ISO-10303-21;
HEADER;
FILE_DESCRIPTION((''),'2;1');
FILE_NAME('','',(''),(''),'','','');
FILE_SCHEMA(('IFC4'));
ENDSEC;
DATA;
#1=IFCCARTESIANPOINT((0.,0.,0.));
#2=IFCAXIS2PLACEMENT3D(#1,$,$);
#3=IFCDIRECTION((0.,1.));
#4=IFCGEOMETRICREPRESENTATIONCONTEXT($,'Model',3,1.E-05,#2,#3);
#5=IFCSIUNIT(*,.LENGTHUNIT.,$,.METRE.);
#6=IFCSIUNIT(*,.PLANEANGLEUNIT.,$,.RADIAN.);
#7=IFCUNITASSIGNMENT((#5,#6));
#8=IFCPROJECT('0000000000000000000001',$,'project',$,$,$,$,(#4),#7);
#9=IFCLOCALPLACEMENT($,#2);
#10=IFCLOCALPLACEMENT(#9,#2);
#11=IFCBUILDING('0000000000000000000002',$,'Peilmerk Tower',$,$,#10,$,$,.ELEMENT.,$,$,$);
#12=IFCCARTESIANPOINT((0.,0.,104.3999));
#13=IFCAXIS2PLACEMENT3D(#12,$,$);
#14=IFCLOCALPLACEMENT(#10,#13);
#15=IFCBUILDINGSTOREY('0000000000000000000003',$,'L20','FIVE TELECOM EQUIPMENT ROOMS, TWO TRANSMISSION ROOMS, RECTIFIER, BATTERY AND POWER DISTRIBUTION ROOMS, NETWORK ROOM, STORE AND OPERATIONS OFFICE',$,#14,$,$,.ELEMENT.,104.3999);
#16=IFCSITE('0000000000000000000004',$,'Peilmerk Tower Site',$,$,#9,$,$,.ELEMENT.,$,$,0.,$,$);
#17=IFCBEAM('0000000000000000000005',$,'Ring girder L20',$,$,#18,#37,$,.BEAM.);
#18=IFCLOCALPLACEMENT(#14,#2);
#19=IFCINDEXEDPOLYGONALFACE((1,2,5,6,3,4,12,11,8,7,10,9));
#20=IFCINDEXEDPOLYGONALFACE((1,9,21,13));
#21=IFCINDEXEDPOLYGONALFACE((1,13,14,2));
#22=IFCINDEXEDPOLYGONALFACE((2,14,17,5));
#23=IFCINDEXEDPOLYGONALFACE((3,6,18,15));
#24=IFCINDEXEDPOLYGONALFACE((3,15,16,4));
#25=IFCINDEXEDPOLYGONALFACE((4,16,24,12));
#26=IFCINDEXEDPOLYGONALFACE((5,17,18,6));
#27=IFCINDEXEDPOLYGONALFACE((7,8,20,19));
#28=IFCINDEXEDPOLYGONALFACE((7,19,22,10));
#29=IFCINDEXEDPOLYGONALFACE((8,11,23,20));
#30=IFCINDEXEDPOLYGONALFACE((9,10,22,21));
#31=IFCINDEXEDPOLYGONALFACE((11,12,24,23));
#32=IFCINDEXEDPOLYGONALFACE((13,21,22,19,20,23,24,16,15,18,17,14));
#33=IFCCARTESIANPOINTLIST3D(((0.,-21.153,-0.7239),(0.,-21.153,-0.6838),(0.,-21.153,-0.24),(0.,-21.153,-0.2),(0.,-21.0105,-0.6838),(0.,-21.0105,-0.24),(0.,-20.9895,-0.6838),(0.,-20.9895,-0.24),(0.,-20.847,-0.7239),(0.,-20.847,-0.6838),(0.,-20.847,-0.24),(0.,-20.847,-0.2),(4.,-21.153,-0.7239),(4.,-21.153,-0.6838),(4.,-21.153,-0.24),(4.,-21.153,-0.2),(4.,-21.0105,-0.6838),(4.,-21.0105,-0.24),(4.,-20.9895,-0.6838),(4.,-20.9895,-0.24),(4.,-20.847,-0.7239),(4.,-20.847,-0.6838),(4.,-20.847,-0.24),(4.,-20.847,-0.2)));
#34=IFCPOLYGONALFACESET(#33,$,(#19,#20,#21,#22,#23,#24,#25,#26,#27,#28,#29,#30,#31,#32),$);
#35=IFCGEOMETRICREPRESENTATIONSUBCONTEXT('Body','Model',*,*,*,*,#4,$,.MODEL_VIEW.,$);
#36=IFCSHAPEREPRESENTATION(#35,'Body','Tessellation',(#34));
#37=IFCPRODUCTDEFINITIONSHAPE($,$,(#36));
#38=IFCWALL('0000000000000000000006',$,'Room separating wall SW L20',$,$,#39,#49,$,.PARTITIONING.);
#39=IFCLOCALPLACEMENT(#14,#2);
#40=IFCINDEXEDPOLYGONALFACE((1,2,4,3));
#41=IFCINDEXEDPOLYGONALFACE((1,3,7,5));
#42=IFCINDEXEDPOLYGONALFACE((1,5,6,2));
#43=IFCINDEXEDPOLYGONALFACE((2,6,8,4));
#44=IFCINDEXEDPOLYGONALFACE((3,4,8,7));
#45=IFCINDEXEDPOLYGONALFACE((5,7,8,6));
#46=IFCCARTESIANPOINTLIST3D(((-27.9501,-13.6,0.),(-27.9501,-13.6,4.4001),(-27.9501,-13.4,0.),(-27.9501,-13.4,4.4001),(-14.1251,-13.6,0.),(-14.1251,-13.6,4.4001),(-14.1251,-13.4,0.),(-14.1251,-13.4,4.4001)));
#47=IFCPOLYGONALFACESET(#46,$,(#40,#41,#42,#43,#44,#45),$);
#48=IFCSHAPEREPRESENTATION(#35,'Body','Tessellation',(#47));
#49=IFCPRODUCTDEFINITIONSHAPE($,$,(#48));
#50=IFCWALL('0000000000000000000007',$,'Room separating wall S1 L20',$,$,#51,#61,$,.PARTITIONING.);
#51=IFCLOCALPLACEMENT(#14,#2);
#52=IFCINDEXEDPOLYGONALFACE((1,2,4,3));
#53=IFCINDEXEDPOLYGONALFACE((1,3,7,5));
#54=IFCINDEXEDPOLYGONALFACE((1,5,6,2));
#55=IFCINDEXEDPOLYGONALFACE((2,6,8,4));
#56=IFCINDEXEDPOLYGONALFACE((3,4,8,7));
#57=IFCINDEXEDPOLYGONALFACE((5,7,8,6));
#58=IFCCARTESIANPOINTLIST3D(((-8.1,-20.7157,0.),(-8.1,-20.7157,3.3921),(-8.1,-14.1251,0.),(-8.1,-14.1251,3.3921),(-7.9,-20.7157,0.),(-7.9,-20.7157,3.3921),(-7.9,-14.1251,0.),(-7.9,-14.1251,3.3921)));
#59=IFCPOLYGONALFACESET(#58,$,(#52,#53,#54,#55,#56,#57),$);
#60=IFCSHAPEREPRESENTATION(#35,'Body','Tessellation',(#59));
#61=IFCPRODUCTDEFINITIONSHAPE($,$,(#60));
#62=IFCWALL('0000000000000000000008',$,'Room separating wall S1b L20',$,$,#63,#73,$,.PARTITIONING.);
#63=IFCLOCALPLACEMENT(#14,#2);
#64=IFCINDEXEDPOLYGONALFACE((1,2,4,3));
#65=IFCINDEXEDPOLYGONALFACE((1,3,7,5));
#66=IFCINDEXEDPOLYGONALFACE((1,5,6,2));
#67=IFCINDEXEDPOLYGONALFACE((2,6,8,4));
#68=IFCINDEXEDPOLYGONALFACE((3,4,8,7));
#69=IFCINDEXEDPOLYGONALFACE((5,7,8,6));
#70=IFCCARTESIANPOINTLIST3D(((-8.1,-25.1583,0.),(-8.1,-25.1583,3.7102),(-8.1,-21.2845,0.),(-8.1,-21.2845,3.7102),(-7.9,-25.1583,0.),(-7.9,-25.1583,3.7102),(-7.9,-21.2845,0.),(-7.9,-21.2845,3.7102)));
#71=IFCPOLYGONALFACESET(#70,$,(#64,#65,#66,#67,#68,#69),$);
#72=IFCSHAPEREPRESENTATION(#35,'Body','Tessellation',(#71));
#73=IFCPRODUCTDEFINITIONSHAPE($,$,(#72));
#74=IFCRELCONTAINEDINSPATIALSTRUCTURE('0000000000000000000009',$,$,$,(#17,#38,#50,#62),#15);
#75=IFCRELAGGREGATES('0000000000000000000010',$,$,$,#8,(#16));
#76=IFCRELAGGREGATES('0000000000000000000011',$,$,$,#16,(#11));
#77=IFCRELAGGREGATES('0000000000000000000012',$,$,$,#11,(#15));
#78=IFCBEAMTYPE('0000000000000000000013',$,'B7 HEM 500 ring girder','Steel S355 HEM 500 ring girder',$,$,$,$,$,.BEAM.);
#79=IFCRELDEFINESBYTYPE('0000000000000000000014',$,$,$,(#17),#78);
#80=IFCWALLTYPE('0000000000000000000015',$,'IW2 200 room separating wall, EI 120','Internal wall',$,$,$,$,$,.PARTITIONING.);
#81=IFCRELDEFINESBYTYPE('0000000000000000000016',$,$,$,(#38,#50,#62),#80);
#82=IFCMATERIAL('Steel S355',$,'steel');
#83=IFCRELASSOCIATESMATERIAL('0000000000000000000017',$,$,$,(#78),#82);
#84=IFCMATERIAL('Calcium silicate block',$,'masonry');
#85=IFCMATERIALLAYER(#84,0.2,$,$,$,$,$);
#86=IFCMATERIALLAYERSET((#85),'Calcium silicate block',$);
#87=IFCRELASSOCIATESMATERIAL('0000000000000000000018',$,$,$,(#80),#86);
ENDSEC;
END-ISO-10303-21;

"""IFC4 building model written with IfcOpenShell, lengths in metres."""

from ifc_helpers import new_model, si_unit, direction, frame, frame_2d, origin, origin_2d, place, context, subcontext, project, spatial, rectangle, i_section, extrude, material, layer, layer_set, material_profile, profile_set, type_object, element, save


model = new_model("IFC4")

# Units and contexts
model_context = context("Model", 3, precision=1e-05, world=origin(), true_north=direction((0.0, 1.0)))
body_context = subcontext(model_context, "Body", "Model", "MODEL_VIEW")
ifc_project = project(units=[si_unit("LENGTHUNIT", "METRE"), si_unit("PLANEANGLEUNIT", "RADIAN")], contexts=[model_context])

# Site, building, storey
site_placement = place(None, origin())
site = spatial("IfcSite", under=ifc_project, at=site_placement, Name="Peilmerk Tower Site", CompositionType="ELEMENT", RefElevation=0.0)
building_placement = place(site_placement, origin())
building = spatial("IfcBuilding", under=site, at=building_placement, Name="Peilmerk Tower", CompositionType="ELEMENT")
storey_placement = place(building_placement, frame((0.0, 0.0, 104.3999)))
storey = spatial("IfcBuildingStorey", under=building, at=storey_placement, Name="L20", Description="FIVE TELECOM EQUIPMENT ROOMS, TWO TRANSMISSION ROOMS, RECTIFIER, BATTERY AND POWER DISTRIBUTION ROOMS, NETWORK ROOM, STORE AND OPERATIONS OFFICE", CompositionType="ELEMENT", Elevation=104.3999)

# Beam
ifc_material_1 = material(Name="Steel S355", Category="steel")
ifc_material_profile_1 = material_profile(ifc_material_1, i_section(OverallWidth=0.3059, OverallDepth=0.5239, WebThickness=0.021, FlangeThickness=0.04, at=origin_2d()), Name="HEM 500")
ifc_profile_set_1 = profile_set([ifc_material_profile_1], Name="Steel S355")
beam_type_1 = type_object("IfcBeamType", Name="B7 HEM 500 ring girder", Description="Steel S355 HEM 500 ring girder", PredefinedType="BEAM", material=ifc_profile_set_1)
for number, where, z_axis, x_axis, name in (
    (1, (0.0, -21.0, -0.4619), (1.0, 0.0, 0.0), (0.0, 1.0, 0.0), "Ring girder L20"),
):
    element("IfcBeam", number, at=place(storey_placement, frame(where, z_axis=z_axis, x_axis=x_axis)), inside=storey, type_object=beam_type_1, Name=name, PredefinedType="BEAM", context=body_context, shape_type="SweptSolid", body=[
        extrude(i_section(OverallWidth=0.3059, OverallDepth=0.5239, WebThickness=0.021, FlangeThickness=0.04, at=origin_2d()), origin(), (0.0, 0.0, 1.0), 4.0),
    ])

# Walls
ifc_material_2 = material(Name="Calcium silicate block", Category="masonry")
ifc_layer = layer(ifc_material_2, 0.2)
ifc_layer_set = layer_set([ifc_layer], Name="Calcium silicate block")
wall_type = type_object("IfcWallType", Name="IW2 200 room separating wall, EI 120", Description="Internal wall", PredefinedType="PARTITIONING", material=ifc_layer_set)
wall_1_placement = place(storey_placement, frame((-14.125, -13.5, 0.0), z_axis=(0.0, 0.0, 1.0), x_axis=(-1.0, 0.0, 0.0)))
element("IfcWall", 2, at=wall_1_placement, inside=storey, type_object=wall_type, Name="Room separating wall SW L20", PredefinedType="PARTITIONING", context=body_context, shape_type="SweptSolid", body=[
    extrude(rectangle(XDim=13.825, YDim=0.2, at=frame_2d((6.9126, 0.0))), origin(), (0.0, 0.0, 1.0), 4.4001),
])
wall_2_placement = place(storey_placement, frame((-8.0, -14.125, 0.0), z_axis=(0.0, 0.0, 1.0), x_axis=(0.0, -1.0, 0.0)))
element("IfcWall", 3, at=wall_2_placement, inside=storey, type_object=wall_type, Name="Room separating wall S1 L20", PredefinedType="PARTITIONING", context=body_context, shape_type="SweptSolid", body=[
    extrude(rectangle(XDim=6.5906, YDim=0.2, at=frame_2d((3.2954, 0.0))), origin(), (0.0, 0.0, 1.0), 3.3921),
])
wall_3_placement = place(storey_placement, frame((-8.0, -21.2844, 0.0), z_axis=(0.0, 0.0, 1.0), x_axis=(0.0, -1.0, 0.0)))
element("IfcWall", 4, at=wall_3_placement, inside=storey, type_object=wall_type, Name="Room separating wall S1b L20", PredefinedType="PARTITIONING", context=body_context, shape_type="SweptSolid", body=[
    extrude(rectangle(XDim=3.8738, YDim=0.2, at=frame_2d((1.937, 0.0))), origin(), (0.0, 0.0, 1.0), 3.7102),
])

save(model, "model.ifc")
